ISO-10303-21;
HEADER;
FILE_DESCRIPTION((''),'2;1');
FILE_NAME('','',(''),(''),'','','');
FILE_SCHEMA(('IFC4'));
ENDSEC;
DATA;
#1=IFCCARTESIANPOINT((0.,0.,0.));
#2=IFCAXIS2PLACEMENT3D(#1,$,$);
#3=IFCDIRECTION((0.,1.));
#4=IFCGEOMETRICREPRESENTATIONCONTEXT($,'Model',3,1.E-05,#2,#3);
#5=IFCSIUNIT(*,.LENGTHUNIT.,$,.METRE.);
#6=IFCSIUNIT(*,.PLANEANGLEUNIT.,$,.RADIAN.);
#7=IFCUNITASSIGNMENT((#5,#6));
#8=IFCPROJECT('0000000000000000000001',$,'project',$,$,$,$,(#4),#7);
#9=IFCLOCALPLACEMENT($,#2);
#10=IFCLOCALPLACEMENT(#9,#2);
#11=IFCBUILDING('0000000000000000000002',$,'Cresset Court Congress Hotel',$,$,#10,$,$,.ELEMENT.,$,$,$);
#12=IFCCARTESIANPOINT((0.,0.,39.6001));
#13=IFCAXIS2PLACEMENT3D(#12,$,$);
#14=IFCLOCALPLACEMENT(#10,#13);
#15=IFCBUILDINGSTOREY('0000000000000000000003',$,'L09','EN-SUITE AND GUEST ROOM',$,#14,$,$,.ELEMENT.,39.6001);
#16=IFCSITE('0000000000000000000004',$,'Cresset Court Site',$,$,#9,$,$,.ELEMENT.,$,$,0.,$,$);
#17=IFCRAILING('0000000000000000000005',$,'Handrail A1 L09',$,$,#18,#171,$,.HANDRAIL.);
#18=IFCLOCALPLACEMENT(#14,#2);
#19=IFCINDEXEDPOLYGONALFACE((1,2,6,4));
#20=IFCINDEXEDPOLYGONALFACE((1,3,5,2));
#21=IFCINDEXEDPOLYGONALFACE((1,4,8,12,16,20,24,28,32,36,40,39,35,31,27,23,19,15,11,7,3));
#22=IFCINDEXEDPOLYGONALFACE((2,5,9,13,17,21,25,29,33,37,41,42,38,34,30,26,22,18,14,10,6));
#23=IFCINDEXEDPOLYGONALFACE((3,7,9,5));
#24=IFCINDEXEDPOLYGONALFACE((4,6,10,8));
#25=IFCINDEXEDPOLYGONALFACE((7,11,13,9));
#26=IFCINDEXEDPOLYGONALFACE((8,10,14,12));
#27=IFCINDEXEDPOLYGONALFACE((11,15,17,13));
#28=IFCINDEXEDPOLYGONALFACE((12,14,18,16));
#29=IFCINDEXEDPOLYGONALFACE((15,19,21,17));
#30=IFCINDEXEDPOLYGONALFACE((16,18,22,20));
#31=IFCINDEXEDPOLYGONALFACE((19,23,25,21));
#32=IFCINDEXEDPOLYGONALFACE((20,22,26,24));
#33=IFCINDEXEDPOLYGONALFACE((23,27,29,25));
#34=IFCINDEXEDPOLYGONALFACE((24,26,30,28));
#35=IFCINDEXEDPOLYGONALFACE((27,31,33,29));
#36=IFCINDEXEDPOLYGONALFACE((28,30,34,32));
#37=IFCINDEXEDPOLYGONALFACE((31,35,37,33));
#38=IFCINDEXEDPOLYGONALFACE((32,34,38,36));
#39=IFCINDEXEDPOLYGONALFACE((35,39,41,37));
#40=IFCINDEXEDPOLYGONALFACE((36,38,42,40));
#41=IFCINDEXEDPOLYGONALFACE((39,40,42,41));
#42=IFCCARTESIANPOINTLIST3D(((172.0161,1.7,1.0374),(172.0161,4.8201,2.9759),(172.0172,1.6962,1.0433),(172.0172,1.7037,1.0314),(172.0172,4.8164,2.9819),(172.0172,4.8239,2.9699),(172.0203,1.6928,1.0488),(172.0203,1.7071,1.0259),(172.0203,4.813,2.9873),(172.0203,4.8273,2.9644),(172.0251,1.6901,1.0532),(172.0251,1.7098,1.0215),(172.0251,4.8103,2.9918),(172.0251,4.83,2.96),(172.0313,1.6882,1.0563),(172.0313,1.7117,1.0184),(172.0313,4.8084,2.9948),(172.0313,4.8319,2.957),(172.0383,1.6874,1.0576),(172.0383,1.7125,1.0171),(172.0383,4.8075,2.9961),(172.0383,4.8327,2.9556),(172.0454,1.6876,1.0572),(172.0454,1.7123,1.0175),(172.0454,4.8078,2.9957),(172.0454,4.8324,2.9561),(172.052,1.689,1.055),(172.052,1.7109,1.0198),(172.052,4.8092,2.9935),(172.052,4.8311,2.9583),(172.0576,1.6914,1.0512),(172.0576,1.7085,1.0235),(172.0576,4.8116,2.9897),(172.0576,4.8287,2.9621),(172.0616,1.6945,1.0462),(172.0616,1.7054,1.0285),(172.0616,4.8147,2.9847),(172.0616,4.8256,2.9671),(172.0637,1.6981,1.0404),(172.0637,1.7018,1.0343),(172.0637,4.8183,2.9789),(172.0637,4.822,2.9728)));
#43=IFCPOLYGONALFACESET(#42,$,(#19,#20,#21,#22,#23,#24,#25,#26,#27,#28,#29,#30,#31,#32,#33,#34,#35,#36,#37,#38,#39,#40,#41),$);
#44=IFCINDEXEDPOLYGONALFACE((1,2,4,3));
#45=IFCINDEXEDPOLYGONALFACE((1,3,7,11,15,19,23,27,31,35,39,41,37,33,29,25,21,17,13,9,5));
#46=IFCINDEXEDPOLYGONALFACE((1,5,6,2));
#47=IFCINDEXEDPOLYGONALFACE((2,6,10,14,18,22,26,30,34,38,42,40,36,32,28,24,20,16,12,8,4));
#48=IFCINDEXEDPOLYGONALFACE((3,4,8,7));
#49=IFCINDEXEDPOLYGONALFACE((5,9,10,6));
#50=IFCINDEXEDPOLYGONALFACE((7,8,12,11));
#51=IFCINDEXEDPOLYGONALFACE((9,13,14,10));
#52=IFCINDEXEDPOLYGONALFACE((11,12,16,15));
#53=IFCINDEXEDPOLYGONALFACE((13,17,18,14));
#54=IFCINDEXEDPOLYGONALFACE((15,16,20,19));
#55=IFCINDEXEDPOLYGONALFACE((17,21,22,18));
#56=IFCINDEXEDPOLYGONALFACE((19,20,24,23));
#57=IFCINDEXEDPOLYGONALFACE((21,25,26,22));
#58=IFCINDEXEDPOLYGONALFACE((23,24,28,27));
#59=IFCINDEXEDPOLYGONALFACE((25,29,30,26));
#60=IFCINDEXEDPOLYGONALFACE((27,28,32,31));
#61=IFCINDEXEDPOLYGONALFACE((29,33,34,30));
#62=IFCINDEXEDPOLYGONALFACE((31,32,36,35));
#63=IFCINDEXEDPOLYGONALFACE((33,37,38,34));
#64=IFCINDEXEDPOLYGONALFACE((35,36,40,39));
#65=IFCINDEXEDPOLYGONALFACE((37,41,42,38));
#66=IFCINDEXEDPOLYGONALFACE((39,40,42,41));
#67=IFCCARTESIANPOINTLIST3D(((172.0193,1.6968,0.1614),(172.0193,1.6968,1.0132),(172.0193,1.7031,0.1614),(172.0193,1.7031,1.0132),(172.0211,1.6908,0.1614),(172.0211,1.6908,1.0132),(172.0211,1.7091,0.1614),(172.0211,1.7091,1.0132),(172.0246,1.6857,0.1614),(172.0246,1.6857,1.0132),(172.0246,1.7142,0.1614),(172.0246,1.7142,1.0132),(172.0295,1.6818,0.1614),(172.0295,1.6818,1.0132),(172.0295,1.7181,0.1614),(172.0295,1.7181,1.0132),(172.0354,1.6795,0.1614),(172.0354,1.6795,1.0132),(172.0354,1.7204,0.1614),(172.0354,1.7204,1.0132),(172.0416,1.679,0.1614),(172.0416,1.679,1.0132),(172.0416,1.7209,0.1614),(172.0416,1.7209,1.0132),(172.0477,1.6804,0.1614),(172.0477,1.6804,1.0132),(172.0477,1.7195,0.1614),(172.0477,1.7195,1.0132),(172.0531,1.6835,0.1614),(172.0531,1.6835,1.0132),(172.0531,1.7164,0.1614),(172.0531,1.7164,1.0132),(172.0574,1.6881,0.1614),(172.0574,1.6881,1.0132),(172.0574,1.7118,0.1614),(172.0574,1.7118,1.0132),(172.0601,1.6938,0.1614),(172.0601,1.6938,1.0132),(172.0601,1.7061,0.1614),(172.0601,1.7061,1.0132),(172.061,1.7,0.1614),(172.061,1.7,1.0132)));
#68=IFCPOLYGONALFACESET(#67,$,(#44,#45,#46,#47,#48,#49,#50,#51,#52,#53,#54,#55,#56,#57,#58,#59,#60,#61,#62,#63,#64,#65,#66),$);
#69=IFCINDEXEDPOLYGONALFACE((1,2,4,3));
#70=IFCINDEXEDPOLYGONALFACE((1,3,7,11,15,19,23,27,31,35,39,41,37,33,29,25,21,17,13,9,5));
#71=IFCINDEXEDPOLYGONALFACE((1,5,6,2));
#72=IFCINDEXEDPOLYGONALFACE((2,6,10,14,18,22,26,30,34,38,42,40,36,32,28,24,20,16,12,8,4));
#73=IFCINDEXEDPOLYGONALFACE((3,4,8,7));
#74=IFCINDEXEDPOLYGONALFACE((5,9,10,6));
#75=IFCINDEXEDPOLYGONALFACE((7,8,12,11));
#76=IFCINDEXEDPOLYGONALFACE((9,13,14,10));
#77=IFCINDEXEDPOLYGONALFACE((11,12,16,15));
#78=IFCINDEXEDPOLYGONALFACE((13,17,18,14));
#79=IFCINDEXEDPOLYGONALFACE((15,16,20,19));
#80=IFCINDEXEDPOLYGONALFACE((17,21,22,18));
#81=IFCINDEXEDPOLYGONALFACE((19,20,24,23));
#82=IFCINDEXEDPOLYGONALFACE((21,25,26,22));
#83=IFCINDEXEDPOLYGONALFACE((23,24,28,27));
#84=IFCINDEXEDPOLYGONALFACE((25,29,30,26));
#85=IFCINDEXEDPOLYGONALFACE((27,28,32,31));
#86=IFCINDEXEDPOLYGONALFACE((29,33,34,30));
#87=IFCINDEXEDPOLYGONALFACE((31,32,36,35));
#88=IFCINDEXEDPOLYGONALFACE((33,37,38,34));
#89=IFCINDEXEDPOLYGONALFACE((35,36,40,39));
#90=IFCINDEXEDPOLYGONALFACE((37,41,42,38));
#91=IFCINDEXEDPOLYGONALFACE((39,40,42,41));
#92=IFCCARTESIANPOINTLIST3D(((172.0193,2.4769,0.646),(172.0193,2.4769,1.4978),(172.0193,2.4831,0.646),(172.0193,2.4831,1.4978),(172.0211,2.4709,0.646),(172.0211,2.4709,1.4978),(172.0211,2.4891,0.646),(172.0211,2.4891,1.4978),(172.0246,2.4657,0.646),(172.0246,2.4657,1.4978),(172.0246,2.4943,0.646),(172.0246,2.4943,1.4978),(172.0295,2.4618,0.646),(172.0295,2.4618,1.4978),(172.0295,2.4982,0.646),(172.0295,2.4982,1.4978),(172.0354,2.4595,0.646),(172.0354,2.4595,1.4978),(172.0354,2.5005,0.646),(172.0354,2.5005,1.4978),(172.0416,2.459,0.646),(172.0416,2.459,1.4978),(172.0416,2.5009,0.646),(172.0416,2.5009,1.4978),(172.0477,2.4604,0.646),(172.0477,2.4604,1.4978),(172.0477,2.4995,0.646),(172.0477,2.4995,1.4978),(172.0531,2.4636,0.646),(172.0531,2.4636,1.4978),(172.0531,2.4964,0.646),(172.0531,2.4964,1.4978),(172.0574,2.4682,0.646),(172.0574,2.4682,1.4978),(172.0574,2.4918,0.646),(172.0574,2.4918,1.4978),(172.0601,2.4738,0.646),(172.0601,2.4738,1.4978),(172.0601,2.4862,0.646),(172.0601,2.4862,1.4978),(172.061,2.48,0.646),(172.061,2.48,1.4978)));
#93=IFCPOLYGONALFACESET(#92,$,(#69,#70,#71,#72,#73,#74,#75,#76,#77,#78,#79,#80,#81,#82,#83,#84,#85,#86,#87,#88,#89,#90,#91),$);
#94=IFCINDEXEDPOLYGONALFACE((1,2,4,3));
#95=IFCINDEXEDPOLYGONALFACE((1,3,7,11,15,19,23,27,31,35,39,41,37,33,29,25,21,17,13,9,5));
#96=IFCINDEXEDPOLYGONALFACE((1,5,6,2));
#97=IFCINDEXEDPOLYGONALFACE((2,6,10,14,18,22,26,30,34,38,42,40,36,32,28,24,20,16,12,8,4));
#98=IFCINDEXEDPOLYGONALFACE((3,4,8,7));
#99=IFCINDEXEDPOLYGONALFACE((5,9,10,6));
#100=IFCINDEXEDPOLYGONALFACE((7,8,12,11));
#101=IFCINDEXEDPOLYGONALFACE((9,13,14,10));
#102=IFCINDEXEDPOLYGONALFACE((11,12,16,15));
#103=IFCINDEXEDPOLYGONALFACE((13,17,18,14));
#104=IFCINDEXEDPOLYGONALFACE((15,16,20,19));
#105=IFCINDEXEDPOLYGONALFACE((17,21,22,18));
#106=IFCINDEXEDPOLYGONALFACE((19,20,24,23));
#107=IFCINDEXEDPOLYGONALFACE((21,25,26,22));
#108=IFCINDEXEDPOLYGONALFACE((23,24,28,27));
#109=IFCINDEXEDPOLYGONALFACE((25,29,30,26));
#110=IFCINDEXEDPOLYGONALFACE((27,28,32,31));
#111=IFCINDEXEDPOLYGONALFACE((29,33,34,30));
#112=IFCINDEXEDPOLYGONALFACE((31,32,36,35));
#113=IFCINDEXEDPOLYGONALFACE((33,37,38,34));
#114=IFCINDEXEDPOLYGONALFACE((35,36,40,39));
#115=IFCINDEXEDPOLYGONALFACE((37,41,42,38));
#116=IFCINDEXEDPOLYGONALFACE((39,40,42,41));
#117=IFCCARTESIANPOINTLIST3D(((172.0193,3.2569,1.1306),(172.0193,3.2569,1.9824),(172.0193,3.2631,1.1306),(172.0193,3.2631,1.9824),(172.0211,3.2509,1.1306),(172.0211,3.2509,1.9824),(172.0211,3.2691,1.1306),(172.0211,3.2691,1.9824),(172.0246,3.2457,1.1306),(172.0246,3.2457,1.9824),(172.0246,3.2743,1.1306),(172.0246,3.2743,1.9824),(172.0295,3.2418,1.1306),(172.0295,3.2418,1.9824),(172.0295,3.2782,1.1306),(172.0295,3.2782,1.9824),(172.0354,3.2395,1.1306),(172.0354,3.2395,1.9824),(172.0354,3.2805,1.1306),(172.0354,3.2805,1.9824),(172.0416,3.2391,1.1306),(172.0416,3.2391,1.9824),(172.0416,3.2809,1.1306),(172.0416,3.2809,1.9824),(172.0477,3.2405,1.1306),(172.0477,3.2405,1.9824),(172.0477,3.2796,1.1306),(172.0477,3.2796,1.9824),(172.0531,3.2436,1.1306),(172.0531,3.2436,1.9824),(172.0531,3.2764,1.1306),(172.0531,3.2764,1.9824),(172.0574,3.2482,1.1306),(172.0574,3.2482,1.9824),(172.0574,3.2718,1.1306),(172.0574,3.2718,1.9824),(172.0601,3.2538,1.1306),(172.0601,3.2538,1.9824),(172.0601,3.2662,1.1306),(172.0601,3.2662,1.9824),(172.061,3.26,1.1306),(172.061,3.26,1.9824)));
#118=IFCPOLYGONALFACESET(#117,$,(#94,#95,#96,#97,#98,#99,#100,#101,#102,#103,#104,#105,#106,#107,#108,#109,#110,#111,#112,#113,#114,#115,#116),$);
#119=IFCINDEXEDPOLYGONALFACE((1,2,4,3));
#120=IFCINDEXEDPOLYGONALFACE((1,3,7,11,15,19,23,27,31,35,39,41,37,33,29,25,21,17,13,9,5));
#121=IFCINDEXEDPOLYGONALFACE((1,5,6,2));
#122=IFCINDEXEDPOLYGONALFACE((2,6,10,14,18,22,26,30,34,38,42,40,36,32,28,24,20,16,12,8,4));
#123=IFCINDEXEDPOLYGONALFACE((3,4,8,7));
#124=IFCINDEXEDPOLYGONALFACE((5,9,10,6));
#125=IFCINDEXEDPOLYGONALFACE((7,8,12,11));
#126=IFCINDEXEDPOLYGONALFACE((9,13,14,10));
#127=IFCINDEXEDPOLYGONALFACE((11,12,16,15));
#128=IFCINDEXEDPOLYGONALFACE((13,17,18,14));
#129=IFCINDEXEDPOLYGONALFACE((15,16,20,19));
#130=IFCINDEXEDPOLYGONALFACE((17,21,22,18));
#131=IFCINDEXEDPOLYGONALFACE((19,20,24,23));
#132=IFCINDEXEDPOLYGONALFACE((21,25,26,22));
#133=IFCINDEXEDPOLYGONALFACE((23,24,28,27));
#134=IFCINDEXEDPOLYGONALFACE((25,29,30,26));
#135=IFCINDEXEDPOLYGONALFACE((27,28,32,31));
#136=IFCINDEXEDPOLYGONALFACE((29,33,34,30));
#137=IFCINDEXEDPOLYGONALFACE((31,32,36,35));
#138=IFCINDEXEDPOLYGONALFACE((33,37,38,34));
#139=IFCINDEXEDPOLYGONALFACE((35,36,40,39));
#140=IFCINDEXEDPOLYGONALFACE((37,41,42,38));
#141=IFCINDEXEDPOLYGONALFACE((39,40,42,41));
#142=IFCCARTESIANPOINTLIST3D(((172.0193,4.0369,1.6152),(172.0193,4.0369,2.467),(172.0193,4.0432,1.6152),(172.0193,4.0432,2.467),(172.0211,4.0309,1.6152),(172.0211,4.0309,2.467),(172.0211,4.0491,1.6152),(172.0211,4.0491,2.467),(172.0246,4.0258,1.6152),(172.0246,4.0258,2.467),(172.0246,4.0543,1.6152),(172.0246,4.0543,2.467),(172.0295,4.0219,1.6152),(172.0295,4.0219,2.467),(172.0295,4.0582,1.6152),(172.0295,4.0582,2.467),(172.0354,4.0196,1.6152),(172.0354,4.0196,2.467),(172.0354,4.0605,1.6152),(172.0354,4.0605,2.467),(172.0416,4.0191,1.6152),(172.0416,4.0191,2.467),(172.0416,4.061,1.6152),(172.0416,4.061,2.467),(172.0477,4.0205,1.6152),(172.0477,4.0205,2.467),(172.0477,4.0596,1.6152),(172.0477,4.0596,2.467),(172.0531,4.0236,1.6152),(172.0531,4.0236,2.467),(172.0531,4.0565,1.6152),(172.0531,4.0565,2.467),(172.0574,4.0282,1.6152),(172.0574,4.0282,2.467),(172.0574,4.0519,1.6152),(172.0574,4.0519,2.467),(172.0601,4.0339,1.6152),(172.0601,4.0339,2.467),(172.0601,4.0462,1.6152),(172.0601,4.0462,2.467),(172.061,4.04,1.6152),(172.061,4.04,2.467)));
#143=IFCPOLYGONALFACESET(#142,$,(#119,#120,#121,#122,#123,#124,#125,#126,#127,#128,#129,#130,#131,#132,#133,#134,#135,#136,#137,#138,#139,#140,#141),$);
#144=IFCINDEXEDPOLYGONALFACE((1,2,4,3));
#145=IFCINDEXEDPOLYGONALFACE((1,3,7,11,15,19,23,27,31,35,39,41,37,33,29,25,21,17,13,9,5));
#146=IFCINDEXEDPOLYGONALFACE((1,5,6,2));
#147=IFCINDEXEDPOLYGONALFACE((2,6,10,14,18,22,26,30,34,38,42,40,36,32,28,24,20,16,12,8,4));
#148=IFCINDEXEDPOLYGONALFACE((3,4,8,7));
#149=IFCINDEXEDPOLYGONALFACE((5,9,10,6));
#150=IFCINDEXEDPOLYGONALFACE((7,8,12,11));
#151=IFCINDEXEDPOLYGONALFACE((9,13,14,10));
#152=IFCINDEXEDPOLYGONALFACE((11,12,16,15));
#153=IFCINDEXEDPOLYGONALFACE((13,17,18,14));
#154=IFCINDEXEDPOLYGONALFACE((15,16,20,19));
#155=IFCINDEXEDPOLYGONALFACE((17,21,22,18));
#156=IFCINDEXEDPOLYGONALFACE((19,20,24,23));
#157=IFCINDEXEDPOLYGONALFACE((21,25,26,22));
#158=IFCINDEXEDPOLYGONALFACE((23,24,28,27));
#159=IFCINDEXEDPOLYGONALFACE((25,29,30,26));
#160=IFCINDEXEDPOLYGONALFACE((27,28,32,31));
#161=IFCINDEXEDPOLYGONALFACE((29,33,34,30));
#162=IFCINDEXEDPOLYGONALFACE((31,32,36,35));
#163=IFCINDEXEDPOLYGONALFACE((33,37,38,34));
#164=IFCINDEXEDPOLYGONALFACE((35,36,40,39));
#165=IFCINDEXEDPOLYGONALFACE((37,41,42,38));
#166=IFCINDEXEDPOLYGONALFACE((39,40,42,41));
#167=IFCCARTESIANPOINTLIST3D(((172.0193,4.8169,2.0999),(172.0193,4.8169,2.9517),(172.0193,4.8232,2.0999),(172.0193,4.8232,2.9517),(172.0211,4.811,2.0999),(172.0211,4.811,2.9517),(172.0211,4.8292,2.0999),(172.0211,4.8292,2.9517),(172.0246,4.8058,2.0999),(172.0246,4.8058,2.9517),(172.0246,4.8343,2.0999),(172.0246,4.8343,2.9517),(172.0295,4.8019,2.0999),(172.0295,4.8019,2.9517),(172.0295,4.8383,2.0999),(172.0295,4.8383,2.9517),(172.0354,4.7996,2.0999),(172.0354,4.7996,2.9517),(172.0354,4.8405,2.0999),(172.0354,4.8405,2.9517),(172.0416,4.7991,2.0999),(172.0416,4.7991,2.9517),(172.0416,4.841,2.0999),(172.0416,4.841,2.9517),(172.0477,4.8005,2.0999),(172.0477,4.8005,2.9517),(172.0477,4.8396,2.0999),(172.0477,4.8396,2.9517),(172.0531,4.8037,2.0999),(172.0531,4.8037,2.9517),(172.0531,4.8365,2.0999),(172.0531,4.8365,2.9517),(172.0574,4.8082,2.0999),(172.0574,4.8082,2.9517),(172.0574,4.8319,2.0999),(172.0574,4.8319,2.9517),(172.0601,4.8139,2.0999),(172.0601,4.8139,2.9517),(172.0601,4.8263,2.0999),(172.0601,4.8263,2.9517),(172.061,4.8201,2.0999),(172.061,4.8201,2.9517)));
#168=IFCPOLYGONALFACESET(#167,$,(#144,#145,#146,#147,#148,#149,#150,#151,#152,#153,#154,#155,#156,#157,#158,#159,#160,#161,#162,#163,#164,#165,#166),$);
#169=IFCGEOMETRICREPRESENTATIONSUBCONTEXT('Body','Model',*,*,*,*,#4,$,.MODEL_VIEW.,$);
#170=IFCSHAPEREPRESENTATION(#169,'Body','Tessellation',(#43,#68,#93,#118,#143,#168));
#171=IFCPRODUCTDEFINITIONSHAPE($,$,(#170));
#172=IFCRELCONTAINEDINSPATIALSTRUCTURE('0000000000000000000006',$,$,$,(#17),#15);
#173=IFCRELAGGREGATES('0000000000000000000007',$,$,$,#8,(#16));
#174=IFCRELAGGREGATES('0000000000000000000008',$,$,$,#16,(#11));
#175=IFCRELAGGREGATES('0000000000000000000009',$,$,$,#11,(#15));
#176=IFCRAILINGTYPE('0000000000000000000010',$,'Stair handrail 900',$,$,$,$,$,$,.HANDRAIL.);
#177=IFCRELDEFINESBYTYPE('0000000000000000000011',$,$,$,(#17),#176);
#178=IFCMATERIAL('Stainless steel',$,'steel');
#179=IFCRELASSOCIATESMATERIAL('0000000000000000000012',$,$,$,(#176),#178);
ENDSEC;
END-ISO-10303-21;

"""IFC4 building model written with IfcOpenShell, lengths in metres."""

from ifc_helpers import new_model, si_unit, direction, frame, origin, origin_2d, place, context, subcontext, project, spatial, circle, extrude, material, type_object, element, save


model = new_model("IFC4")

# Units and contexts
model_context = context("Model", 3, precision=1e-05, world=origin(), true_north=direction((0.0, 1.0)))
body_context = subcontext(model_context, "Body", "Model", "MODEL_VIEW")
ifc_project = project(units=[si_unit("LENGTHUNIT", "METRE"), si_unit("PLANEANGLEUNIT", "RADIAN")], contexts=[model_context])

# Site, building, storey
site_placement = place(None, origin())
site = spatial("IfcSite", under=ifc_project, at=site_placement, Name="Cresset Court Site", CompositionType="ELEMENT", RefElevation=0.0)
building_placement = place(site_placement, origin())
building = spatial("IfcBuilding", under=site, at=building_placement, Name="Cresset Court Congress Hotel", CompositionType="ELEMENT")
storey_placement = place(building_placement, frame((0.0, 0.0, 39.6001)))
storey = spatial("IfcBuildingStorey", under=building, at=storey_placement, Name="L09", Description="EN-SUITE AND GUEST ROOM", CompositionType="ELEMENT", Elevation=39.6001)

# Railing
ifc_material_1 = material(Name="Stainless steel", Category="steel")
railing_type = type_object("IfcRailingType", Name="Stair handrail 900", PredefinedType="HANDRAIL", material=ifc_material_1)
for number, where, name in (
    (1, (172.04, 1.7, 0.1614), "Handrail A1 L09"),
):
    element("IfcRailing", number, at=place(storey_placement, frame(where)), inside=storey, type_object=railing_type, Name=name, PredefinedType="HANDRAIL", context=body_context, shape_type="SweptSolid", body=[
        extrude(circle(Radius=0.0239, at=origin_2d()), frame((0.0, 0.0, 0.876), z_axis=(0.0, 0.849414, 0.527727), x_axis=(-1.0, 0.0, 0.0)), (0.0, 0.0, 1.0), 3.6733),
        extrude(circle(Radius=0.021, at=origin_2d()), origin(), (0.0, 0.0, 1.0), 0.8518),
        extrude(circle(Radius=0.021, at=origin_2d()), frame((0.0, 0.78, 0.4846)), (0.0, 0.0, 1.0), 0.8518),
        extrude(circle(Radius=0.021, at=origin_2d()), frame((0.0, 1.5601, 0.9692)), (0.0, 0.0, 1.0), 0.8518),
        extrude(circle(Radius=0.021, at=origin_2d()), frame((0.0, 2.3401, 1.4539)), (0.0, 0.0, 1.0), 0.8518),
        extrude(circle(Radius=0.021, at=origin_2d()), frame((0.0, 3.1201, 1.9385)), (0.0, 0.0, 1.0), 0.8518),
    ])

save(model, "model.ifc")
